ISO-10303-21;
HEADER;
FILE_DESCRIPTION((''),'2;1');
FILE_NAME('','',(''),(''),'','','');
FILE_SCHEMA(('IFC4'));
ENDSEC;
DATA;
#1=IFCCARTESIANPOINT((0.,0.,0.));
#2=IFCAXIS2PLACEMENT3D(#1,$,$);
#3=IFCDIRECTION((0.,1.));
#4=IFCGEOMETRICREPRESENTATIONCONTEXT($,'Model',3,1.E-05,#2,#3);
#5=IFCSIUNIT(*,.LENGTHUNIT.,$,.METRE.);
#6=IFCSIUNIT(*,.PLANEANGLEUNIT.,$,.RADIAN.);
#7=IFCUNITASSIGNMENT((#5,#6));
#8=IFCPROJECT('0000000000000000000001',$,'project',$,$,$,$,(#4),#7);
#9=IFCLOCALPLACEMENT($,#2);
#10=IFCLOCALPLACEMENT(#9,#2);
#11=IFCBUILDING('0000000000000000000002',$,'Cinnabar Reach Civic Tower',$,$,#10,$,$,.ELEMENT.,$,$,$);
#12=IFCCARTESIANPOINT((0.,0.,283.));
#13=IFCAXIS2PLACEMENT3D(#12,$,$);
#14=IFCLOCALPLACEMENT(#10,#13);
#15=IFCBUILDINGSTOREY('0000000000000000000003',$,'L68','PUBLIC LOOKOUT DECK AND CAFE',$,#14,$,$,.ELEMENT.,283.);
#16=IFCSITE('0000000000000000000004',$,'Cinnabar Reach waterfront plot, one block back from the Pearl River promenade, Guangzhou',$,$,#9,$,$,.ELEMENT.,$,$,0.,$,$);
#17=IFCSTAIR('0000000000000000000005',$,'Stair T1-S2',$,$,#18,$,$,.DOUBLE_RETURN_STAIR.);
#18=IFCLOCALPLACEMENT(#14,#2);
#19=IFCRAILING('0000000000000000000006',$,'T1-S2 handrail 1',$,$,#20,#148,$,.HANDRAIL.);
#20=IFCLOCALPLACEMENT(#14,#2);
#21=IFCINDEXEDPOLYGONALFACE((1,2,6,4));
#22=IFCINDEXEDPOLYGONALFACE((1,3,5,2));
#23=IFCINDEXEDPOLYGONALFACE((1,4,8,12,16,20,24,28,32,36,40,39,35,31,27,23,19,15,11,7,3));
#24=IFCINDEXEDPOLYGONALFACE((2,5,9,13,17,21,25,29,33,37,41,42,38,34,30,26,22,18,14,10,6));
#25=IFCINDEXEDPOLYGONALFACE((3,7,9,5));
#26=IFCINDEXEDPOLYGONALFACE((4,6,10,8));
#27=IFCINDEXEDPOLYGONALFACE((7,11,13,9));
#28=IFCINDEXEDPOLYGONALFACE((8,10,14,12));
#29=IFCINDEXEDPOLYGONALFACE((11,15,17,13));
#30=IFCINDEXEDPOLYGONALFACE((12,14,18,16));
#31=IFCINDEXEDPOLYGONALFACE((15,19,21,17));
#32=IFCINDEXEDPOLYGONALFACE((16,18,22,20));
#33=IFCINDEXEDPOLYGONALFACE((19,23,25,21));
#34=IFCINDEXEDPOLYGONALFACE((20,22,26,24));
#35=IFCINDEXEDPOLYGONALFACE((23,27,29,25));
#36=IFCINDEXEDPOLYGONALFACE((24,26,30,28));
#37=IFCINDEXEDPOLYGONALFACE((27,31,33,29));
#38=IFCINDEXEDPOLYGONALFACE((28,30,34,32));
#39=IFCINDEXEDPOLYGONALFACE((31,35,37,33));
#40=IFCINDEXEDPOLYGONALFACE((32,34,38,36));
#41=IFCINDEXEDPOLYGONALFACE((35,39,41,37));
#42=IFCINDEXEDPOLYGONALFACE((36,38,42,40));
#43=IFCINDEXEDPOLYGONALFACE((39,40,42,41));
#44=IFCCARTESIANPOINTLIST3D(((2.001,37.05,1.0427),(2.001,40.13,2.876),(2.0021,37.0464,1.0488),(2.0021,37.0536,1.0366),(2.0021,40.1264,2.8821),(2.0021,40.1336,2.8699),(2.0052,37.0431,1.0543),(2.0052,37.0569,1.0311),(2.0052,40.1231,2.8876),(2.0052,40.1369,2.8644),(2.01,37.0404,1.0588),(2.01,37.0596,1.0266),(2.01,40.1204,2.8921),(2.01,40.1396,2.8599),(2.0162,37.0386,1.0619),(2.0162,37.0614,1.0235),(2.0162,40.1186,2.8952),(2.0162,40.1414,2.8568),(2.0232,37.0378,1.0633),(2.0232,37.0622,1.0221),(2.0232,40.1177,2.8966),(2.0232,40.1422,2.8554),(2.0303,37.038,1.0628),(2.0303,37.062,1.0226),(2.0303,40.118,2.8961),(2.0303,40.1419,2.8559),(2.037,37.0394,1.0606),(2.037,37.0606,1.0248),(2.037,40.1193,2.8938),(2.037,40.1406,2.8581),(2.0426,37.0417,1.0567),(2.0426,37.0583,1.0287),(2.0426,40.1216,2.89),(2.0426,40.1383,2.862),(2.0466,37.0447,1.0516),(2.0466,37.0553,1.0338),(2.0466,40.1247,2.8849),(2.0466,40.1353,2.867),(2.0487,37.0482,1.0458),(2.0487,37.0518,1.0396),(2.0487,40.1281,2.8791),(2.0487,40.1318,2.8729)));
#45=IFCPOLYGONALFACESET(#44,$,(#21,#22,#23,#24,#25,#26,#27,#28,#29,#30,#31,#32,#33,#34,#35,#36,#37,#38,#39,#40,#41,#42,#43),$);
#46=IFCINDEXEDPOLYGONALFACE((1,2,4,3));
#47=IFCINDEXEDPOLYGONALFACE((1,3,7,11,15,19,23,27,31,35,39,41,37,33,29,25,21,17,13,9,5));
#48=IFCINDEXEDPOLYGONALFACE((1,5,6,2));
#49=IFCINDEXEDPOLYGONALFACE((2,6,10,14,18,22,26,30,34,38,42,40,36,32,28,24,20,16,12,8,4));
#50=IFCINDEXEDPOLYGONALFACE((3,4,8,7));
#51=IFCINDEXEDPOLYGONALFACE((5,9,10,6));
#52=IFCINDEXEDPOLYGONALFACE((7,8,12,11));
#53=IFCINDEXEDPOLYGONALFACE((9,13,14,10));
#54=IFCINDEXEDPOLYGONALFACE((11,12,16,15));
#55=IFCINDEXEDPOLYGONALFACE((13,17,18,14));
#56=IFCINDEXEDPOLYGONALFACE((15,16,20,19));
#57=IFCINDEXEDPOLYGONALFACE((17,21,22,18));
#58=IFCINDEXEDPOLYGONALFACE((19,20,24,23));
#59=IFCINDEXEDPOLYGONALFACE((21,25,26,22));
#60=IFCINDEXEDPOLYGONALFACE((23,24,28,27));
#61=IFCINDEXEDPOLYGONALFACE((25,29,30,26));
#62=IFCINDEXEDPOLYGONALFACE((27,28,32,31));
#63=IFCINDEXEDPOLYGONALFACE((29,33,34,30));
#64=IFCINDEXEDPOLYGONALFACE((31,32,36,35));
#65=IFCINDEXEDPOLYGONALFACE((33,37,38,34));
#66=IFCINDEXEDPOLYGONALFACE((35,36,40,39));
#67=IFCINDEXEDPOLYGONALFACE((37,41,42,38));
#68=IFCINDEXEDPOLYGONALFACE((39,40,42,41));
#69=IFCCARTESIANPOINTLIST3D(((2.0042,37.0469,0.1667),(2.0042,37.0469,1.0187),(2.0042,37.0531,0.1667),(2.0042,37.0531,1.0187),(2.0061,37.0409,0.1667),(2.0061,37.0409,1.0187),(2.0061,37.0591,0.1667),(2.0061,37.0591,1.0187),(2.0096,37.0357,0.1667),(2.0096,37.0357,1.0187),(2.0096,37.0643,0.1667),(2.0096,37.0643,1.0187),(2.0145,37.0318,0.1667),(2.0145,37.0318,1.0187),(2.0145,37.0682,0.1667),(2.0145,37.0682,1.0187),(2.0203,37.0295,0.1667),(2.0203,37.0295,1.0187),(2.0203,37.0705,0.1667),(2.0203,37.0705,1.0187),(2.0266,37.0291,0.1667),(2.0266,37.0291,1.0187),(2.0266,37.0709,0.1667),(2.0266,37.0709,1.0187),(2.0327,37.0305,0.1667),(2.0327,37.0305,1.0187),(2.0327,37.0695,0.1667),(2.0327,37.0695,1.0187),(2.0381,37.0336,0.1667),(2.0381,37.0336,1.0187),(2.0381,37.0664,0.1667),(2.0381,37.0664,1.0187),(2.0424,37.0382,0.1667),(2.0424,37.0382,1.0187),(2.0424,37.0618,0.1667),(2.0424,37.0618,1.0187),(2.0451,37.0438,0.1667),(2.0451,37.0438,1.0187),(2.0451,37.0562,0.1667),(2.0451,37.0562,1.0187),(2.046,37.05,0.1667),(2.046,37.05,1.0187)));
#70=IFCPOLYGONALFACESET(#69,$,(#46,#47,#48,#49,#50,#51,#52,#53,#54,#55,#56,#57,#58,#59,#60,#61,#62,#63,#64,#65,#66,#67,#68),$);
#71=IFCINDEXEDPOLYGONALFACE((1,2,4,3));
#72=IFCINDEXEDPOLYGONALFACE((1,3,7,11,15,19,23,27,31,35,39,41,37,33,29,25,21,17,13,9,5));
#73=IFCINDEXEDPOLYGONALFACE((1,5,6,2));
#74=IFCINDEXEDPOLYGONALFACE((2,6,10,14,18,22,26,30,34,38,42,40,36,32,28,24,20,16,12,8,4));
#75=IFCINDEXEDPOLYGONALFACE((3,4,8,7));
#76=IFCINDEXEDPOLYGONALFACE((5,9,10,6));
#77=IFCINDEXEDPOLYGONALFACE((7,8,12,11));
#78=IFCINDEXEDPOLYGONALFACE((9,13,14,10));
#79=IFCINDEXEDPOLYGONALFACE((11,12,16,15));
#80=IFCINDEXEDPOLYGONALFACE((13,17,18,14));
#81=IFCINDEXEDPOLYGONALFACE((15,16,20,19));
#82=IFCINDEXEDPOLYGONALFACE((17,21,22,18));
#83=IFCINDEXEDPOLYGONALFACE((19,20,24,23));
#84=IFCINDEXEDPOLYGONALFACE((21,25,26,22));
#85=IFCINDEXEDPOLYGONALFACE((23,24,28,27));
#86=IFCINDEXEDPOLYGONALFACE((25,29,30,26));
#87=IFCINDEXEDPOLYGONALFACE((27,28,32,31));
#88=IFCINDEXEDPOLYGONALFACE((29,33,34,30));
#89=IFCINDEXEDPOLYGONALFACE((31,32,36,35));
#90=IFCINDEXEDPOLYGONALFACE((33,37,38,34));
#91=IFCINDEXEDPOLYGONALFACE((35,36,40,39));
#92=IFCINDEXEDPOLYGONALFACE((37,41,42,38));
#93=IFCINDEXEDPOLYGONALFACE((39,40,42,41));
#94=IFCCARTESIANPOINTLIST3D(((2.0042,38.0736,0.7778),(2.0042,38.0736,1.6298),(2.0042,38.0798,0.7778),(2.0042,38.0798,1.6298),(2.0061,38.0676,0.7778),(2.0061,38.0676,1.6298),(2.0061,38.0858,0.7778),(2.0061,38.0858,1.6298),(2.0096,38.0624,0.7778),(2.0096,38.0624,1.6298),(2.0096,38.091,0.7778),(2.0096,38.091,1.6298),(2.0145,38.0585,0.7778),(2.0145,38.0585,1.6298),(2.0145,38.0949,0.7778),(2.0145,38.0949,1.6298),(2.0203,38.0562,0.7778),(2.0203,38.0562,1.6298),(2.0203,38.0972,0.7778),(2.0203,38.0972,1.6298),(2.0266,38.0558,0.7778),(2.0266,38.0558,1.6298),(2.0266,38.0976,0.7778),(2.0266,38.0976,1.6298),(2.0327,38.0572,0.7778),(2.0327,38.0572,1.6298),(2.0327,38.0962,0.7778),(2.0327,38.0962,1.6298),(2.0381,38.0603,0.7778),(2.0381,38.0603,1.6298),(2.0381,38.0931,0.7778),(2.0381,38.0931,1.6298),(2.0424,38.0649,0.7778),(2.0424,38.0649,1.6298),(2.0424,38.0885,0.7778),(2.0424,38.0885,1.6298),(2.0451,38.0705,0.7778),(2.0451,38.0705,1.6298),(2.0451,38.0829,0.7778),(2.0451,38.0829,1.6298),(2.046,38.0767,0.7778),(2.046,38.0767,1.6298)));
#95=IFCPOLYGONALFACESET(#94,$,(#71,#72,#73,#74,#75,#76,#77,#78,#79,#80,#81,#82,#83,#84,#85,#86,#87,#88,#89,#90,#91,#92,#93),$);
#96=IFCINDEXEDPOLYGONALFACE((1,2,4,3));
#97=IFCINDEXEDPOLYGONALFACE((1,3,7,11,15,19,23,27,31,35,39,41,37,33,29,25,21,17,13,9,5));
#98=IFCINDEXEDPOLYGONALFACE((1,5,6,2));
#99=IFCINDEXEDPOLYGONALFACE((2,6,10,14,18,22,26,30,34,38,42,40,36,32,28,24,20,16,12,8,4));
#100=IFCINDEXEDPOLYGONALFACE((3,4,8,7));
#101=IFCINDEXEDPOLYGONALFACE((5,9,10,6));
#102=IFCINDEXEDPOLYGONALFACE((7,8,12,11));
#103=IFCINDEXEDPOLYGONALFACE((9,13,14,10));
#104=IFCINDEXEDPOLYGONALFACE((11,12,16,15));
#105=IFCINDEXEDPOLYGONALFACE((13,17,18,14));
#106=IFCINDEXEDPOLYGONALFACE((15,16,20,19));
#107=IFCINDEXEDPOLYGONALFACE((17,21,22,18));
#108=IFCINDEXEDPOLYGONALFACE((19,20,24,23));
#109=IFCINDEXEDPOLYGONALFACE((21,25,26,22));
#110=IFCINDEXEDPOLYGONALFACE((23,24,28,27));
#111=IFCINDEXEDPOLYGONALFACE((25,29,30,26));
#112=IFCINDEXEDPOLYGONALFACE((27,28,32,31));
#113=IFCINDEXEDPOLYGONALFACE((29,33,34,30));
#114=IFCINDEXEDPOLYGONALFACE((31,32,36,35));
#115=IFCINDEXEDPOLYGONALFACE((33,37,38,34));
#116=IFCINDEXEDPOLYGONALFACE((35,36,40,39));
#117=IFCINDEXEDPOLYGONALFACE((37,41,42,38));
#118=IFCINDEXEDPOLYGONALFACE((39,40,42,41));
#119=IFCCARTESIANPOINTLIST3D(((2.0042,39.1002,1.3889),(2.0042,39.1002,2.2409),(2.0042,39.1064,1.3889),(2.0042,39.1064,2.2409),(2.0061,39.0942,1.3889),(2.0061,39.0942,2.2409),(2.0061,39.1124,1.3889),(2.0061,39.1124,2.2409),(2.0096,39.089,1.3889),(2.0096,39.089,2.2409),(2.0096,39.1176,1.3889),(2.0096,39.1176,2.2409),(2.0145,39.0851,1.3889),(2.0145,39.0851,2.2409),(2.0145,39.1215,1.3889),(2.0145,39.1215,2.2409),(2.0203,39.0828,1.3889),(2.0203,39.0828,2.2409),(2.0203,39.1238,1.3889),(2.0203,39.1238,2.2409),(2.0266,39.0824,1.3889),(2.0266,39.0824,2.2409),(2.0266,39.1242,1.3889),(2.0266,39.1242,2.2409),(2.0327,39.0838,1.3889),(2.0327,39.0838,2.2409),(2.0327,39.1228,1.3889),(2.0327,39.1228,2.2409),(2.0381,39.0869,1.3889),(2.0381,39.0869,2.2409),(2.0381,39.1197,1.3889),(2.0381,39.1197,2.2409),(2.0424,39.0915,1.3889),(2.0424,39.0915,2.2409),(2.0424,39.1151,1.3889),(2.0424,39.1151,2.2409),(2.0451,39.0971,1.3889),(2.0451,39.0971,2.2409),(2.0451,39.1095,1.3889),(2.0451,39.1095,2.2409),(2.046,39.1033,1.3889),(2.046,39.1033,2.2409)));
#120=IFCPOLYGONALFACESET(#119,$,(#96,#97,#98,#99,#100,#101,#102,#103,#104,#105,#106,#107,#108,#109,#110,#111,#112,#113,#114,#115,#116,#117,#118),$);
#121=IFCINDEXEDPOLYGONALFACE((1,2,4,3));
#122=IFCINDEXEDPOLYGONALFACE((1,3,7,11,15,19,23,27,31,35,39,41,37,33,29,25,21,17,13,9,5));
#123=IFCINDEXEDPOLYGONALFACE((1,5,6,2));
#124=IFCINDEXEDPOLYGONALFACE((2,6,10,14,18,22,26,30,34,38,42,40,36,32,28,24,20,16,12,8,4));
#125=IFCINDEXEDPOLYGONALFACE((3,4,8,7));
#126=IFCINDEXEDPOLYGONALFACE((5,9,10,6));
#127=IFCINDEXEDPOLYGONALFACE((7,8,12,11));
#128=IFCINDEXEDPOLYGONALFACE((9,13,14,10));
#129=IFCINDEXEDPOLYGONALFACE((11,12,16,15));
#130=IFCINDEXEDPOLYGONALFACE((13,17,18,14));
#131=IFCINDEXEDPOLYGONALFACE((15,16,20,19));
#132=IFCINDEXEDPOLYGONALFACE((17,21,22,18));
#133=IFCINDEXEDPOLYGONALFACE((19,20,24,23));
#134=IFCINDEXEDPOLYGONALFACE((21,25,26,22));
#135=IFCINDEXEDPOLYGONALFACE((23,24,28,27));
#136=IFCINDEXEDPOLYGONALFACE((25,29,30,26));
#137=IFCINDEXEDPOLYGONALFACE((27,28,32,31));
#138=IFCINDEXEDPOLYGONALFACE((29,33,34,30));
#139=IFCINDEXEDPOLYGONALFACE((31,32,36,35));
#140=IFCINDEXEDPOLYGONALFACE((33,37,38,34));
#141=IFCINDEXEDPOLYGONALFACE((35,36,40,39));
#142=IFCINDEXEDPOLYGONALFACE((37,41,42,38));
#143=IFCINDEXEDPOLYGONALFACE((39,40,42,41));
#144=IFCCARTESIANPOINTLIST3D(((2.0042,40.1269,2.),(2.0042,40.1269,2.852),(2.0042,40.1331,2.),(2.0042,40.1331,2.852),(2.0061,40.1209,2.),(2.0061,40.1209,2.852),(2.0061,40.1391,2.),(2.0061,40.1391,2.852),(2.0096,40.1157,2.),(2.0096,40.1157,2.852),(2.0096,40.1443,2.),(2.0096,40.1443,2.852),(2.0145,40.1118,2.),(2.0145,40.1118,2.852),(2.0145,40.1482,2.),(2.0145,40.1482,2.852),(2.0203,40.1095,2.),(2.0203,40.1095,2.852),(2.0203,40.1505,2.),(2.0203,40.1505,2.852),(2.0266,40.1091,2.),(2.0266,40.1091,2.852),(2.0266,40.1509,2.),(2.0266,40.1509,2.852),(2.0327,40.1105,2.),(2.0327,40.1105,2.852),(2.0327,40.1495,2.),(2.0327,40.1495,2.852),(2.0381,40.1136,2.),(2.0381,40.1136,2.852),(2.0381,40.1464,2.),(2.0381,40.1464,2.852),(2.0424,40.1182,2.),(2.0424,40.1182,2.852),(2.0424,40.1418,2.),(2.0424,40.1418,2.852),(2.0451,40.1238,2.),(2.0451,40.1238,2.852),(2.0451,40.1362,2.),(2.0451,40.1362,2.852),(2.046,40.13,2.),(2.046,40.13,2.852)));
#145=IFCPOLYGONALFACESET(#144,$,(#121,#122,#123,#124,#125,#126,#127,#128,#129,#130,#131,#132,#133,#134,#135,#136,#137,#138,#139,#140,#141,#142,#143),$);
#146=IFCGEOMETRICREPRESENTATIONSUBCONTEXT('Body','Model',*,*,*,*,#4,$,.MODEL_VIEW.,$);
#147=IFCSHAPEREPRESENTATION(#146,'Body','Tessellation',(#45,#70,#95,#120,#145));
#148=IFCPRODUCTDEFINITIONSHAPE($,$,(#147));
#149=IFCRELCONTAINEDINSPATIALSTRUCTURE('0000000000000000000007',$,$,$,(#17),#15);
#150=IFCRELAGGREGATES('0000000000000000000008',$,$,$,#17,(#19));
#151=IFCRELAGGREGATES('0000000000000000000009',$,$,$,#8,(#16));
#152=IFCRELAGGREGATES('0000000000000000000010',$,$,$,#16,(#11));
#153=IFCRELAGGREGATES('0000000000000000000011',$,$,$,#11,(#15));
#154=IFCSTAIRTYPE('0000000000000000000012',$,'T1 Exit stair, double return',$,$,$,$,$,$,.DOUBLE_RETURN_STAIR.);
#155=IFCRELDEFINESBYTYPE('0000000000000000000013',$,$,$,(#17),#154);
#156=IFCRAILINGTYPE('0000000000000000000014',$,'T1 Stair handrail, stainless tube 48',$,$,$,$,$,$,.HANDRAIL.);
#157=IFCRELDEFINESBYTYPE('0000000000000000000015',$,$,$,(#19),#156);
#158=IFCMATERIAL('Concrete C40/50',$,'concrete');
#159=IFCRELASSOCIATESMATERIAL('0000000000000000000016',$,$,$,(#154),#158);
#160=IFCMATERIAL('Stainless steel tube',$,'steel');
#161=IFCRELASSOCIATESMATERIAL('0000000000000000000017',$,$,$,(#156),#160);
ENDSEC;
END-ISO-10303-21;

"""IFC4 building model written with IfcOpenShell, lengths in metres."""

from ifc_helpers import new_model, si_unit, direction, frame, origin, origin_2d, place, context, subcontext, project, spatial, circle, extrude, material, type_object, element, aggregate, save


model = new_model("IFC4")

# Units and contexts
model_context = context("Model", 3, precision=1e-05, world=origin(), true_north=direction((0.0, 1.0)))
body_context = subcontext(model_context, "Body", "Model", "MODEL_VIEW")
ifc_project = project(units=[si_unit("LENGTHUNIT", "METRE"), si_unit("PLANEANGLEUNIT", "RADIAN")], contexts=[model_context])

# Site, building, storey
site_placement = place(None, origin())
site = spatial("IfcSite", under=ifc_project, at=site_placement, Name="Cinnabar Reach waterfront plot, one block back from the Pearl River promenade, Guangzhou", CompositionType="ELEMENT", RefElevation=0.0)
building_placement = place(site_placement, origin())
building = spatial("IfcBuilding", under=site, at=building_placement, Name="Cinnabar Reach Civic Tower", CompositionType="ELEMENT")
storey_placement = place(building_placement, frame((0.0, 0.0, 283.0)))
storey = spatial("IfcBuildingStorey", under=building, at=storey_placement, Name="L68", Description="PUBLIC LOOKOUT DECK AND CAFE", CompositionType="ELEMENT", Elevation=283.0)

# Shared definitions
ifc_material_1 = material(Name="Concrete C40/50", Category="concrete")

# Stair, railing
stair_type = type_object("IfcStairType", Name="T1 Exit stair, double return", PredefinedType="DOUBLE_RETURN_STAIR", material=ifc_material_1)
stair_placement = place(storey_placement, origin())
stair = element("IfcStair", 1, at=stair_placement, inside=storey, type_object=stair_type, Name="Stair T1-S2", PredefinedType="DOUBLE_RETURN_STAIR")
ifc_material_2 = material(Name="Stainless steel tube", Category="steel")
railing_type = type_object("IfcRailingType", Name="T1 Stair handrail, stainless tube 48", PredefinedType="HANDRAIL", material=ifc_material_2)
railing_1_placement = place(storey_placement, frame((2.025, 37.05, 0.1667)))
railing_1 = element("IfcRailing", 2, at=railing_1_placement, type_object=railing_type, Name="T1-S2 handrail 1", PredefinedType="HANDRAIL", context=body_context, shape_type="SweptSolid", body=[
    extrude(circle(Radius=0.024, at=origin_2d()), frame((0.0, 0.0, 0.876), z_axis=(0.0, 0.859297, 0.511477), x_axis=(-1.0, 0.0, 0.0)), (0.0, 0.0, 1.0), 3.5843),
    extrude(circle(Radius=0.021, at=origin_2d()), origin(), (0.0, 0.0, 1.0), 0.852),
    extrude(circle(Radius=0.021, at=origin_2d()), frame((0.0, 1.0267, 0.6111)), (0.0, 0.0, 1.0), 0.852),
    extrude(circle(Radius=0.021, at=origin_2d()), frame((0.0, 2.0533, 1.2222)), (0.0, 0.0, 1.0), 0.852),
    extrude(circle(Radius=0.021, at=origin_2d()), frame((0.0, 3.08, 1.8333)), (0.0, 0.0, 1.0), 0.852),
])
aggregate(stair, [railing_1])

save(model, "model.ifc")
